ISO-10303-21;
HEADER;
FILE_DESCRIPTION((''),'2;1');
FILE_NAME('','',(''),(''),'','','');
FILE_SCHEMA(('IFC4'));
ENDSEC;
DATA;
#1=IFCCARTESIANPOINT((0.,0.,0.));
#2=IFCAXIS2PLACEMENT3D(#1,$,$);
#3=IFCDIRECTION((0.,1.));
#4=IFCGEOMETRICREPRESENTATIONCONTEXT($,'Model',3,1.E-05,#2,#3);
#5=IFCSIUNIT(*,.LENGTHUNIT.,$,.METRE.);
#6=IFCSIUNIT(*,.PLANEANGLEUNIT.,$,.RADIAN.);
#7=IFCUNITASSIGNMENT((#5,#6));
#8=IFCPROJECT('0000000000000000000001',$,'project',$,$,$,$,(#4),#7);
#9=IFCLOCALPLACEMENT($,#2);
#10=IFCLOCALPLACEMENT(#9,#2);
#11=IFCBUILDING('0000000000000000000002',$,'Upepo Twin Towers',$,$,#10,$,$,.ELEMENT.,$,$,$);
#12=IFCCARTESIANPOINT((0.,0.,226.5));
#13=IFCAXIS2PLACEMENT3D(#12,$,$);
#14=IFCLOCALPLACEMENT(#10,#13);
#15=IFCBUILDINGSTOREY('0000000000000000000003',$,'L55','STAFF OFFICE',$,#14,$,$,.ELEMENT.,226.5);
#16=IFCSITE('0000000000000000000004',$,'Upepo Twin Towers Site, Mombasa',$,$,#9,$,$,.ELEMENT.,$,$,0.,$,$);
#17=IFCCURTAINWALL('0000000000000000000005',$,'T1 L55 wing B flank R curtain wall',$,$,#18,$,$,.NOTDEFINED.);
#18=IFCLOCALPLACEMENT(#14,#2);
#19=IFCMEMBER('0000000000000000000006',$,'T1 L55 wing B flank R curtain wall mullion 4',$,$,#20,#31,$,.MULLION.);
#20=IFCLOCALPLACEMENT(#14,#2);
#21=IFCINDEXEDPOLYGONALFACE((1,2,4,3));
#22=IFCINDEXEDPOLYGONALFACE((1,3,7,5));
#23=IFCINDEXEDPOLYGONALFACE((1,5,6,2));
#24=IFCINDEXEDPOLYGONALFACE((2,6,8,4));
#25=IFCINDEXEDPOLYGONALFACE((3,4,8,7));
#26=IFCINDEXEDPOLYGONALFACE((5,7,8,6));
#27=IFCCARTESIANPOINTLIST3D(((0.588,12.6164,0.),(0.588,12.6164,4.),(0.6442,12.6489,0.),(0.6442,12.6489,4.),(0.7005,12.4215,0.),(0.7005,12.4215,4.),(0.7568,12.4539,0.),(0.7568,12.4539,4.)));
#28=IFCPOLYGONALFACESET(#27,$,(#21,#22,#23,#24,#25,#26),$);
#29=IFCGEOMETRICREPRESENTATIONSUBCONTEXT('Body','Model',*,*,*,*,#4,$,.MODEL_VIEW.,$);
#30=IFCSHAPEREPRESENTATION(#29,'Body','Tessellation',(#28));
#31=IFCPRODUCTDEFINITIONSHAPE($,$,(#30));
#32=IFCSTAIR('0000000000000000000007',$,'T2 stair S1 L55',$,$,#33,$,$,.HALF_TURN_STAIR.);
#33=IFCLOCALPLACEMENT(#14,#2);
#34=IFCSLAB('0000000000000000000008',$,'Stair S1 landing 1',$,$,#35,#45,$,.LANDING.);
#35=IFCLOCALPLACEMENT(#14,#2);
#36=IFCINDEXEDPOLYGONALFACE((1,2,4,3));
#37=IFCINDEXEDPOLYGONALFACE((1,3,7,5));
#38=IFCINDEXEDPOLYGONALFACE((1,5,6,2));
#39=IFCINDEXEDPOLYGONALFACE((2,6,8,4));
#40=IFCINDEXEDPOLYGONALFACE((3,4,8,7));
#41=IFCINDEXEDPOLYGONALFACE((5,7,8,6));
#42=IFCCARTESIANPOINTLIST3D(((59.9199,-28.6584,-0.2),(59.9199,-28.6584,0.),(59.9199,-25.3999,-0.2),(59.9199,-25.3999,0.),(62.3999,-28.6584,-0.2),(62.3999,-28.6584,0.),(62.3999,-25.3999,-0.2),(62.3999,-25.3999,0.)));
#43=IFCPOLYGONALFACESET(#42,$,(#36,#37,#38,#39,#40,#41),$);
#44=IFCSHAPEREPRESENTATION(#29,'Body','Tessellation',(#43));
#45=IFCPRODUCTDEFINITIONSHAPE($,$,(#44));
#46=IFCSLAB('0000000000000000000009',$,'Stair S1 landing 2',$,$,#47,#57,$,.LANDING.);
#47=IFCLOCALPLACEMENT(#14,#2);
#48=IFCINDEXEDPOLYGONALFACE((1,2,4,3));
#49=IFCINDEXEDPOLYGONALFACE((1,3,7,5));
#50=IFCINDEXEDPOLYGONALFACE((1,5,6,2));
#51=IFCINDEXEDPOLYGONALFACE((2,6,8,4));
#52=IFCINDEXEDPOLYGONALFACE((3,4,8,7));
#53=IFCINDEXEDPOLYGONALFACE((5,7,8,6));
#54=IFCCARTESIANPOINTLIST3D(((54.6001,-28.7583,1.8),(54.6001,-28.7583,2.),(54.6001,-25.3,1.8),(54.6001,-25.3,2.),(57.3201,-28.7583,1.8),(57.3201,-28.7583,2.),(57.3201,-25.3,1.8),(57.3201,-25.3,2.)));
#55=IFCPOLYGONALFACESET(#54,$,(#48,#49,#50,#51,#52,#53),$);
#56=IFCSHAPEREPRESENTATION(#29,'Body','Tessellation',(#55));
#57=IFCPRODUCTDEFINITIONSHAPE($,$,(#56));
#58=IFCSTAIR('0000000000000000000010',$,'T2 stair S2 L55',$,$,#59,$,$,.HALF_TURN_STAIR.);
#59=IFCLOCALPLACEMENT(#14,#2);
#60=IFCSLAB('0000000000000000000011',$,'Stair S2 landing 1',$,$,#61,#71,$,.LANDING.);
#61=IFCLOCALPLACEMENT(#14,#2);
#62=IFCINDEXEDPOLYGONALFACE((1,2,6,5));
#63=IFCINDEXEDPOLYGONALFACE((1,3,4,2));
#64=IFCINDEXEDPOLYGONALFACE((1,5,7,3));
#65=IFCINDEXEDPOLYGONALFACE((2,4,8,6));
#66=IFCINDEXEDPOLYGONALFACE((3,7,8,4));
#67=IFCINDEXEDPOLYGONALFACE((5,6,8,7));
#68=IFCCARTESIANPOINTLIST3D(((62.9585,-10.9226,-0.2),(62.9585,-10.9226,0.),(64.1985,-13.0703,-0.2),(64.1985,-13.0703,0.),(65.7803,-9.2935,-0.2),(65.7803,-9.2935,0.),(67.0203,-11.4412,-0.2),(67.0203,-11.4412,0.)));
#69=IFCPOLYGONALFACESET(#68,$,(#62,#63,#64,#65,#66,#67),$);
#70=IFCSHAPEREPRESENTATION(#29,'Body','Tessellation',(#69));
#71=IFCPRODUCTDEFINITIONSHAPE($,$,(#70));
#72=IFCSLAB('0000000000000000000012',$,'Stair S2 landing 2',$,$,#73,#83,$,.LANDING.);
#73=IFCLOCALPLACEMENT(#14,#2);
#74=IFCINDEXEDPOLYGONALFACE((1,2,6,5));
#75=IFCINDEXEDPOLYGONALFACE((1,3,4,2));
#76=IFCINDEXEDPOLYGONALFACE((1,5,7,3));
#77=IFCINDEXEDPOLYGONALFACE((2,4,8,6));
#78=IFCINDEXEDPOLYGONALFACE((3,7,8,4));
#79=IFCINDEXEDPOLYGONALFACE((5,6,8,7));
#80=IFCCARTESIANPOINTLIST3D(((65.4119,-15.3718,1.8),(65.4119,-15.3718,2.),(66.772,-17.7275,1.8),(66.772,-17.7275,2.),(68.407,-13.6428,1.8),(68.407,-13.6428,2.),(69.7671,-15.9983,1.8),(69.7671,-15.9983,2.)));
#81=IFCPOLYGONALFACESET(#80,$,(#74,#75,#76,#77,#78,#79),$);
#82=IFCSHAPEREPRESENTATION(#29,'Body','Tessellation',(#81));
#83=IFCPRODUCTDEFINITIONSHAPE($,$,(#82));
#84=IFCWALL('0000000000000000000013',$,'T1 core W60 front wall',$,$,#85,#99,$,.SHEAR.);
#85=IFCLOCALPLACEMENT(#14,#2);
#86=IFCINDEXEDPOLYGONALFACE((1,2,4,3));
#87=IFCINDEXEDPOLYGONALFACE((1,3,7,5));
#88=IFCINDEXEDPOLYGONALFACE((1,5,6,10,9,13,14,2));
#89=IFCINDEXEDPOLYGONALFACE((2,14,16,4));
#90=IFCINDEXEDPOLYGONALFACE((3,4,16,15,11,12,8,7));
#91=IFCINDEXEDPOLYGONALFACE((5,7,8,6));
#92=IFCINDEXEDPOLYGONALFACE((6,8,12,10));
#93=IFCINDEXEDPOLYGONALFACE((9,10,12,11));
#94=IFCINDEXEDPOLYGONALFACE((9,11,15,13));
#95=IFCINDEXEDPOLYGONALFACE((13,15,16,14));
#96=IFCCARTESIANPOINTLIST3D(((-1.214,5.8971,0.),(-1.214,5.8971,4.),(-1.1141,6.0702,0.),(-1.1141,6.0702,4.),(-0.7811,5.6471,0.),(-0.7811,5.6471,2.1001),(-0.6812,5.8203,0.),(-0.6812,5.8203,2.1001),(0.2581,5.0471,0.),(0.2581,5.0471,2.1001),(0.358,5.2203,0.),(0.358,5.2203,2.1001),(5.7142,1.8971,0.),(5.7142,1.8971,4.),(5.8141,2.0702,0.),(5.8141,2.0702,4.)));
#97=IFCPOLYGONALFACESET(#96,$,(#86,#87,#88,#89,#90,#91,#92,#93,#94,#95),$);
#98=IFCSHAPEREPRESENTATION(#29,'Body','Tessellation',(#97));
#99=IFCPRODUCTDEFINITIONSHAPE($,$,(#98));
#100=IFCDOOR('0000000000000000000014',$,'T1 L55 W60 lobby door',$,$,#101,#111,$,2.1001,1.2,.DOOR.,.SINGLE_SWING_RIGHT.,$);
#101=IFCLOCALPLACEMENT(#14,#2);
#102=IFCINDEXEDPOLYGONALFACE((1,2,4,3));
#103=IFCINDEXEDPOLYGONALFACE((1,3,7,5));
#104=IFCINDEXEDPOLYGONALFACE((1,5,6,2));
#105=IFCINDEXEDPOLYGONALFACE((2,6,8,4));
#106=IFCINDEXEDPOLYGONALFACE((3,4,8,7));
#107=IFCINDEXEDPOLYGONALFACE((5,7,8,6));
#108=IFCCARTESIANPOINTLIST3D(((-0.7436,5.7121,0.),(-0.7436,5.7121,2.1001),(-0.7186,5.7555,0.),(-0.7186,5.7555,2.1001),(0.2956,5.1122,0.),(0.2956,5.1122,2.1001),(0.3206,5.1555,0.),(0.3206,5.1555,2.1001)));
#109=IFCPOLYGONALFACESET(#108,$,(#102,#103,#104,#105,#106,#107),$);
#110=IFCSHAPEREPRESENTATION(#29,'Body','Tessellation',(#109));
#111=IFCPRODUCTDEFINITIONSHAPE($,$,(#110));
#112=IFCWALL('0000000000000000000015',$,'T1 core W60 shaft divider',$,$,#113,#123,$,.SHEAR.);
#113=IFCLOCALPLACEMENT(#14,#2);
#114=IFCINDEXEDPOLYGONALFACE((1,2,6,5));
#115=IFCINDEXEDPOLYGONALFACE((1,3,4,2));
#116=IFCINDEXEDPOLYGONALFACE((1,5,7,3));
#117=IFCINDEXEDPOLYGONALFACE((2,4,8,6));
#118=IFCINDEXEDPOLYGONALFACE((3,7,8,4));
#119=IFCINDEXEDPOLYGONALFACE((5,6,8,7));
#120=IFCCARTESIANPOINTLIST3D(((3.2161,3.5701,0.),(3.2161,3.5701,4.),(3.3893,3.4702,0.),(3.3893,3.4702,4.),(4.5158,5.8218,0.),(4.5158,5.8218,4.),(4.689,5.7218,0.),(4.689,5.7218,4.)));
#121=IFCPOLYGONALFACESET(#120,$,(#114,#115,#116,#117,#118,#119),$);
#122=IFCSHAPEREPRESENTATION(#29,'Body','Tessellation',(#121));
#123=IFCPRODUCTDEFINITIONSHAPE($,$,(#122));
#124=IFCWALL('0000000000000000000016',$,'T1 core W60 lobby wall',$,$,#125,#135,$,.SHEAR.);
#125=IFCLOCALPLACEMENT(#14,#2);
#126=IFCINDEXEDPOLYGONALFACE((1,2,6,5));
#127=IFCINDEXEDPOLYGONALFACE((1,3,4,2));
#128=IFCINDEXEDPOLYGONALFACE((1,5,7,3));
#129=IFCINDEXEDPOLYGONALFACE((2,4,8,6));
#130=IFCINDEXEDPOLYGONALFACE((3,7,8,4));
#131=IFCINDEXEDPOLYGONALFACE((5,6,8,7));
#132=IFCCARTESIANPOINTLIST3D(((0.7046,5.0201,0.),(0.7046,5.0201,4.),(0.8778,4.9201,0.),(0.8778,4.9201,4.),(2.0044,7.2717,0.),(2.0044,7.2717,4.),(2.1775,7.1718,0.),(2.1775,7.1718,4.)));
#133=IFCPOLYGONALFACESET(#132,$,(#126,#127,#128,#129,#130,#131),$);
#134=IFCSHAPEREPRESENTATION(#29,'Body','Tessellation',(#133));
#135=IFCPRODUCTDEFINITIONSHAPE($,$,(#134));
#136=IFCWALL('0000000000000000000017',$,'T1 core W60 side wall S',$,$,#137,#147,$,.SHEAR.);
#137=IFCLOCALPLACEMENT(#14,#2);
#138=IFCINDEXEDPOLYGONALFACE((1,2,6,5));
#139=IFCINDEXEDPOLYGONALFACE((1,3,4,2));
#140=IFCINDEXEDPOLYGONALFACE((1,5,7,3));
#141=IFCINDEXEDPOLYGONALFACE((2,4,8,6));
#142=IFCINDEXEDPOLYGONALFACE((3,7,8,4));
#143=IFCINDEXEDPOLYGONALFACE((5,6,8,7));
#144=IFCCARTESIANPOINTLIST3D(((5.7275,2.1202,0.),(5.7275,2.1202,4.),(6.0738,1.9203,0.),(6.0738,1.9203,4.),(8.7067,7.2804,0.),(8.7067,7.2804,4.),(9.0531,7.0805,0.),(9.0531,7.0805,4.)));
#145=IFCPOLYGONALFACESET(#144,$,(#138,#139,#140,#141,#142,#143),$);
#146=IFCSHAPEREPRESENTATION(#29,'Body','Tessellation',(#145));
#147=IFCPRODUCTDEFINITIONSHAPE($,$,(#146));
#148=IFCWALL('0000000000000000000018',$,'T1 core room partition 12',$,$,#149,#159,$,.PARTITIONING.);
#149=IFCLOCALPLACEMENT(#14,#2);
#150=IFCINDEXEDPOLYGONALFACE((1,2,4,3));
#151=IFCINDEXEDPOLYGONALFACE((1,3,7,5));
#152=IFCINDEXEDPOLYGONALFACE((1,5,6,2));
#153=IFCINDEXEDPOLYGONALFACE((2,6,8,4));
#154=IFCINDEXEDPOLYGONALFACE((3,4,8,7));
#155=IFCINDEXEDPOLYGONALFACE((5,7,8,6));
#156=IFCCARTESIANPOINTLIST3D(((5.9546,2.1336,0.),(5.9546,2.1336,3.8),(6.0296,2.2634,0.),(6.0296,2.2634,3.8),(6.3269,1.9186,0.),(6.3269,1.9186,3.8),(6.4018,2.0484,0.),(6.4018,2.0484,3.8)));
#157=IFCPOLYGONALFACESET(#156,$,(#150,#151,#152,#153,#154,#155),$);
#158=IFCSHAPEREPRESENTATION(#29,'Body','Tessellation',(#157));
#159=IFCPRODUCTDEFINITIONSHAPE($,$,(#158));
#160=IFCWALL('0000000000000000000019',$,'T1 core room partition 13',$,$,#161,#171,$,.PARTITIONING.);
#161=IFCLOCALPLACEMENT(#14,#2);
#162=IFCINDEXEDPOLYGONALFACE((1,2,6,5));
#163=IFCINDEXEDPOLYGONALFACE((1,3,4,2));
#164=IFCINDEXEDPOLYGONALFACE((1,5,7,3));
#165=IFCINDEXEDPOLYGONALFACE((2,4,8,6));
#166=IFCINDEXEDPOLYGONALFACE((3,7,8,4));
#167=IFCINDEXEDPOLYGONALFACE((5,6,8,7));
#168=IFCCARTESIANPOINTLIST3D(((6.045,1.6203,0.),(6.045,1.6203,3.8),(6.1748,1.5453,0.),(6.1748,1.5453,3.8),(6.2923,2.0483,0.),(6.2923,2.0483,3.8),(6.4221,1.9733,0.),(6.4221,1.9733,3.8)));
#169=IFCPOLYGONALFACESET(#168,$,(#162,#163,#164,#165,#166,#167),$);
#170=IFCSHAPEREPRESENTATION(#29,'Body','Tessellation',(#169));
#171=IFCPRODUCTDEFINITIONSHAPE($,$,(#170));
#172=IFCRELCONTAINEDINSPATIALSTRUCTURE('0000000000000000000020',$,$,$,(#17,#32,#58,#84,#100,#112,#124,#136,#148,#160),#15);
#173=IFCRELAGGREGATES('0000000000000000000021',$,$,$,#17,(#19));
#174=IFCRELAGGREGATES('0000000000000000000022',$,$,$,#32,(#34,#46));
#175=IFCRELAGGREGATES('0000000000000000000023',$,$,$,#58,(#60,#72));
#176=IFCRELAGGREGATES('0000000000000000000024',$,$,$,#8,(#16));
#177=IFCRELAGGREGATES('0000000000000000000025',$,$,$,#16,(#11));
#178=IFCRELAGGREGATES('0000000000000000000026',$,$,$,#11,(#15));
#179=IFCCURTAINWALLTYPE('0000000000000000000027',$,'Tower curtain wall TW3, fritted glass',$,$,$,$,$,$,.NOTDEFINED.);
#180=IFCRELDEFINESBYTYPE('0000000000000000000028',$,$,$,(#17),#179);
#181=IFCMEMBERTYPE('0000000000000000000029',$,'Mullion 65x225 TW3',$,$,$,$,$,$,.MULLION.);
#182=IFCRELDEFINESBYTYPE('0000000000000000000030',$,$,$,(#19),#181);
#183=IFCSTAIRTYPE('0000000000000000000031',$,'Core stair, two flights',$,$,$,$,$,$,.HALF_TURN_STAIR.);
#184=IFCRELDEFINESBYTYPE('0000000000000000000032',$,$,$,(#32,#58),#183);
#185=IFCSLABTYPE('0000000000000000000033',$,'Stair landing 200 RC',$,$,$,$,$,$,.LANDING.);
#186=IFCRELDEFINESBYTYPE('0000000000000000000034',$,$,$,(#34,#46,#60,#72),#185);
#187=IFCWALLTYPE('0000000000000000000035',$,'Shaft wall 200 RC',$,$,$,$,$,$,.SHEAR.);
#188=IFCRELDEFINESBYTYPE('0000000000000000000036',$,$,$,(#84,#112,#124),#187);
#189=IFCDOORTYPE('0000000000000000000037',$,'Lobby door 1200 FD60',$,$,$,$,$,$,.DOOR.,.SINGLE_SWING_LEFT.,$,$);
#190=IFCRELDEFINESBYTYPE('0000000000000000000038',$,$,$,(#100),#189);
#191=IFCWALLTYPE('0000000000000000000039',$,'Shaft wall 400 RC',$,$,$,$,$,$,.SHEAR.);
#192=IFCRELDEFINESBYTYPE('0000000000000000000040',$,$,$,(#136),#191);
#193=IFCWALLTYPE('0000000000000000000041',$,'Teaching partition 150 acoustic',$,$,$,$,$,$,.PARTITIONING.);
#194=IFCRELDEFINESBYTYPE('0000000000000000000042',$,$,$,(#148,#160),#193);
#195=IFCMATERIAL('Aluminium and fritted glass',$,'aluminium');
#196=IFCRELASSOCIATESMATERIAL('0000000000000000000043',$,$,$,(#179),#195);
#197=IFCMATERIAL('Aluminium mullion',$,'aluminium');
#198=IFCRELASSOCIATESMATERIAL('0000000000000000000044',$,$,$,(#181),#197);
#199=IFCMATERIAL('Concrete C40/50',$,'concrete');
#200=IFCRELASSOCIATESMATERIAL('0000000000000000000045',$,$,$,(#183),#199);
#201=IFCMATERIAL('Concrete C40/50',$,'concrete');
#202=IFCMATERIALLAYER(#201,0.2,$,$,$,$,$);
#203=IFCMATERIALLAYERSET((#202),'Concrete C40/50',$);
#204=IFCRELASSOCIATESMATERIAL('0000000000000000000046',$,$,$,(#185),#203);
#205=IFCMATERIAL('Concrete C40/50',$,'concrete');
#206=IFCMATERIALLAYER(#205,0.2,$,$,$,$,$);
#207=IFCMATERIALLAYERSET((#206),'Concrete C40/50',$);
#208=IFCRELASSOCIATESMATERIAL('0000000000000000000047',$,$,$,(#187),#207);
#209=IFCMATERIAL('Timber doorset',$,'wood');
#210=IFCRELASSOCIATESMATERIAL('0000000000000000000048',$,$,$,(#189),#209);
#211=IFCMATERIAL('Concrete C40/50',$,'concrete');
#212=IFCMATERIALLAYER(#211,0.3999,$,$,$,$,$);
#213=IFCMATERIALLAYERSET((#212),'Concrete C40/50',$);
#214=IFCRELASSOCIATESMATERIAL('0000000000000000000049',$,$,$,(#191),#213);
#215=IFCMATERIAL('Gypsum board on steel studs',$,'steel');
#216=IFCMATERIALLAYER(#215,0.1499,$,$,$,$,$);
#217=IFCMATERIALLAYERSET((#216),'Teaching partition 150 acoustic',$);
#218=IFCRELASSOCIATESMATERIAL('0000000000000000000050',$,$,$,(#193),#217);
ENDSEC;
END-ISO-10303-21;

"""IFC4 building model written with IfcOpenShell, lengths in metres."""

from ifc_helpers import new_model, si_unit, direction, frame, frame_2d, origin, origin_2d, place, context, subcontext, project, spatial, polyline, rectangle, outline, extrude, material, layer, layer_set, material_profile, profile_set, type_object, element, fill, aggregate, save


model = new_model("IFC4")

# Units and contexts
model_context = context("Model", 3, precision=1e-05, world=origin(), true_north=direction((0.0, 1.0)))
body_context = subcontext(model_context, "Body", "Model", "MODEL_VIEW")
ifc_project = project(units=[si_unit("LENGTHUNIT", "METRE"), si_unit("PLANEANGLEUNIT", "RADIAN")], contexts=[model_context])

# Site, building, storey
site_placement = place(None, origin())
site = spatial("IfcSite", under=ifc_project, at=site_placement, Name="Upepo Twin Towers Site, Mombasa", CompositionType="ELEMENT", RefElevation=0.0)
building_placement = place(site_placement, origin())
building = spatial("IfcBuilding", under=site, at=building_placement, Name="Upepo Twin Towers", CompositionType="ELEMENT")
storey_placement = place(building_placement, frame((0.0, 0.0, 226.5)))
storey = spatial("IfcBuildingStorey", under=building, at=storey_placement, Name="L55", Description="STAFF OFFICE", CompositionType="ELEMENT", Elevation=226.5)

# Curtain wall, member
ifc_material_1 = material(Name="Aluminium and fritted glass", Category="aluminium")
curtain_wall_type = type_object("IfcCurtainWallType", Name="Tower curtain wall TW3, fritted glass", PredefinedType="NOTDEFINED", material=ifc_material_1)
curtain_wall_placement = place(storey_placement, origin())
curtain_wall = element("IfcCurtainWall", 1, at=curtain_wall_placement, inside=storey, type_object=curtain_wall_type, Name="T1 L55 wing B flank R curtain wall", PredefinedType="NOTDEFINED")
ifc_material_2 = material(Name="Aluminium mullion", Category="aluminium")
ifc_material_profile = material_profile(ifc_material_2, rectangle(XDim=0.0649, YDim=0.2251, at=origin_2d()), Name="MULLION 65x225")
ifc_profile_set = profile_set([ifc_material_profile], Name="Aluminium mullion")
member_type = type_object("IfcMemberType", Name="Mullion 65x225 TW3", PredefinedType="MULLION", material=ifc_profile_set)
member_placement = place(storey_placement, frame((0.6724, 12.5352, 0.0), z_axis=(0.0, 0.0, 1.0), x_axis=(0.866025, 0.5, 0.0)))
member = element("IfcMember", 2, at=member_placement, type_object=member_type, Name="T1 L55 wing B flank R curtain wall mullion 4", PredefinedType="MULLION", context=body_context, shape_type="SweptSolid", body=[
    extrude(rectangle(XDim=0.0649, YDim=0.2251, at=origin_2d()), origin(), (0.0, 0.0, 1.0), 4.0),
])
aggregate(curtain_wall, [member])

# Stairs, slabs
ifc_material_3 = material(Name="Concrete C40/50", Category="concrete")
stair_type = type_object("IfcStairType", Name="Core stair, two flights", PredefinedType="HALF_TURN_STAIR", material=ifc_material_3)
stair_1_placement = place(storey_placement, origin())
stair_1 = element("IfcStair", 3, at=stair_1_placement, inside=storey, type_object=stair_type, Name="T2 stair S1 L55", PredefinedType="HALF_TURN_STAIR")
ifc_material_4 = material(Name="Concrete C40/50", Category="concrete")
ifc_layer_1 = layer(ifc_material_4, 0.2)
ifc_layer_set_1 = layer_set([ifc_layer_1], Name="Concrete C40/50")
slab_type = type_object("IfcSlabType", Name="Stair landing 200 RC", PredefinedType="LANDING", material=ifc_layer_set_1)
slab_1_placement = place(storey_placement, frame((0.0, 0.0, -0.2)))
slab_1 = element("IfcSlab", 4, at=slab_1_placement, type_object=slab_type, Name="Stair S1 landing 1", PredefinedType="LANDING", context=body_context, shape_type="SweptSolid", body=[
    extrude(outline(polyline([(59.9199, -25.3999), (59.9199, -28.6584), (62.3999, -28.6584), (62.3999, -25.3999), (59.9199, -25.3999)])), origin(), (0.0, 0.0, 1.0), 0.2),
])
slab_2_placement = place(storey_placement, frame((0.0, 0.0, 1.8)))
slab_2 = element("IfcSlab", 5, at=slab_2_placement, type_object=slab_type, Name="Stair S1 landing 2", PredefinedType="LANDING", context=body_context, shape_type="SweptSolid", body=[
    extrude(outline(polyline([(54.6001, -25.3), (54.6001, -28.7583), (57.3201, -28.7583), (57.3201, -25.3), (54.6001, -25.3)])), origin(), (0.0, 0.0, 1.0), 0.2),
])
aggregate(stair_1, [slab_1, slab_2])
stair_2_placement = place(storey_placement, origin())
stair_2 = element("IfcStair", 6, at=stair_2_placement, inside=storey, type_object=stair_type, Name="T2 stair S2 L55", PredefinedType="HALF_TURN_STAIR")
slab_3_placement = place(storey_placement, frame((0.0, 0.0, -0.2)))
slab_3 = element("IfcSlab", 7, at=slab_3_placement, type_object=slab_type, Name="Stair S2 landing 1", PredefinedType="LANDING", context=body_context, shape_type="SweptSolid", body=[
    extrude(outline(polyline([(64.1985, -13.0703), (67.0203, -11.4412), (65.7803, -9.2935), (62.9585, -10.9226), (64.1985, -13.0703)])), origin(), (0.0, 0.0, 1.0), 0.2),
])
slab_4_placement = place(storey_placement, frame((0.0, 0.0, 1.8)))
slab_4 = element("IfcSlab", 8, at=slab_4_placement, type_object=slab_type, Name="Stair S2 landing 2", PredefinedType="LANDING", context=body_context, shape_type="SweptSolid", body=[
    extrude(outline(polyline([(66.772, -17.7275), (69.7671, -15.9983), (68.407, -13.6428), (65.4119, -15.3718), (66.772, -17.7275)])), origin(), (0.0, 0.0, 1.0), 0.2),
])
aggregate(stair_2, [slab_3, slab_4])

# Wall, opening, door
ifc_material_5 = material(Name="Concrete C40/50", Category="concrete")
ifc_layer_2 = layer(ifc_material_5, 0.2)
ifc_layer_set_2 = layer_set([ifc_layer_2], Name="Concrete C40/50")
wall_type_1 = type_object("IfcWallType", Name="Shaft wall 200 RC", PredefinedType="SHEAR", material=ifc_layer_set_2)
wall_1_placement = place(storey_placement, frame((5.7642, 1.9836, 0.0), z_axis=(0.0, 0.0, 1.0), x_axis=(-0.866026, 0.499999, 0.0)))
wall_1 = element("IfcWall", 9, at=wall_1_placement, inside=storey, type_object=wall_type_1, Name="T1 core W60 front wall", PredefinedType="SHEAR", context=body_context, shape_type="SweptSolid", body=[
    extrude(rectangle(XDim=8.0, YDim=0.2, at=frame_2d((4.0, 0.0))), origin(), (0.0, 0.0, 1.0), 4.0),
])
opening_1_placement = place(wall_1_placement, frame((6.3, 0.0, 0.0)))
opening_1 = element("IfcOpeningElement", 10, at=opening_1_placement, cuts=wall_1, PredefinedType="OPENING", context=body_context, shape_type="SweptSolid", body=[
    extrude(rectangle(XDim=1.2, YDim=2.1001, at=frame_2d((0.6001, 1.05))), frame((0.0, 0.1099, 0.0), z_axis=(0.0, -1.0, 0.0), x_axis=(1.0, 0.0, 0.0)), (0.0, 0.0, 1.0), 0.22),
])
ifc_material_6 = material(Name="Timber doorset", Category="wood")
door_type_1 = type_object("IfcDoorType", Name="Lobby door 1200 FD60", OperationType="SINGLE_SWING_LEFT", PredefinedType="DOOR", material=ifc_material_6)
door_1_placement = place(opening_1_placement, origin())
door_1 = element("IfcDoor", 11, at=door_1_placement, inside=storey, type_object=door_type_1, Name="T1 L55 W60 lobby door", OperationType="SINGLE_SWING_RIGHT", OverallHeight=2.1001, OverallWidth=1.2, PredefinedType="DOOR", context=body_context, shape_type="SweptSolid", body=[
    extrude(rectangle(XDim=1.2, YDim=2.1001, at=frame_2d((0.6001, 1.05))), frame((0.0, 0.0249, 0.0), z_axis=(0.0, -1.0, 0.0), x_axis=(1.0, 0.0, 0.0)), (0.0, 0.0, 1.0), 0.05),
])
fill(opening_1, door_1)

# Walls
for number, where, z_axis, x_axis, name in (
    (12, (3.3027, 3.5203, 0.0), (0.0, 0.0, 1.0), (0.499937, 0.866062, 0.0), "T1 core W60 shaft divider"),
    (13, (0.7913, 4.9702, 0.0), (0.0, 0.0, 1.0), (0.499937, 0.866062, 0.0), "T1 core W60 lobby wall"),
):
    element("IfcWall", number, at=place(storey_placement, frame(where, z_axis=z_axis, x_axis=x_axis)), inside=storey, type_object=wall_type_1, Name=name, PredefinedType="SHEAR", context=body_context, shape_type="SweptSolid", body=[
        extrude(rectangle(XDim=2.5999, YDim=0.2, at=frame_2d((1.2998, 0.0))), origin(), (0.0, 0.0, 1.0), 4.0),
    ])
ifc_material_7 = material(Name="Concrete C40/50", Category="concrete")
ifc_layer_3 = layer(ifc_material_7, 0.3999)
ifc_layer_set_3 = layer_set([ifc_layer_3], Name="Concrete C40/50")
wall_type_2 = type_object("IfcWallType", Name="Shaft wall 400 RC", PredefinedType="SHEAR", material=ifc_layer_set_3)
wall_2_placement = place(storey_placement, frame((5.9006, 2.0203, 0.0), z_axis=(0.0, 0.0, 1.0), x_axis=(0.500004, 0.866023, 0.0)))
element("IfcWall", 14, at=wall_2_placement, inside=storey, type_object=wall_type_2, Name="T1 core W60 side wall S", PredefinedType="SHEAR", context=body_context, shape_type="SweptSolid", body=[
    extrude(rectangle(XDim=5.9585, YDim=0.3999, at=frame_2d((2.9792, 0.0))), origin(), (0.0, 0.0, 1.0), 4.0),
])
ifc_material_8 = material(Name="Gypsum board on steel studs", Category="steel")
ifc_layer_4 = layer(ifc_material_8, 0.1499)
ifc_layer_set_4 = layer_set([ifc_layer_4], Name="Teaching partition 150 acoustic")
wall_type_3 = type_object("IfcWallType", Name="Teaching partition 150 acoustic", PredefinedType="PARTITIONING", material=ifc_layer_set_4)
wall_3_placement = place(storey_placement, frame((5.9922, 2.1985, 0.0), z_axis=(0.0, 0.0, 1.0), x_axis=(0.865892, -0.50023, 0.0)))
element("IfcWall", 15, at=wall_3_placement, inside=storey, type_object=wall_type_3, Name="T1 core room partition 12", PredefinedType="PARTITIONING", context=body_context, shape_type="SweptSolid", body=[
    extrude(rectangle(XDim=0.4299, YDim=0.1499, at=frame_2d((0.2148, 0.0))), origin(), (0.0, 0.0, 1.0), 3.8),
])
wall_4_placement = place(storey_placement, frame((6.3572, 2.0107, 0.0), z_axis=(0.0, 0.0, 1.0), x_axis=(-0.500335, -0.865832, 0.0)))
element("IfcWall", 16, at=wall_4_placement, inside=storey, type_object=wall_type_3, Name="T1 core room partition 13", PredefinedType="PARTITIONING", context=body_context, shape_type="SweptSolid", body=[
    extrude(rectangle(XDim=0.4944, YDim=0.1499, at=frame_2d((0.2471, 0.0))), origin(), (0.0, 0.0, 1.0), 3.8),
])

save(model, "model.ifc")
